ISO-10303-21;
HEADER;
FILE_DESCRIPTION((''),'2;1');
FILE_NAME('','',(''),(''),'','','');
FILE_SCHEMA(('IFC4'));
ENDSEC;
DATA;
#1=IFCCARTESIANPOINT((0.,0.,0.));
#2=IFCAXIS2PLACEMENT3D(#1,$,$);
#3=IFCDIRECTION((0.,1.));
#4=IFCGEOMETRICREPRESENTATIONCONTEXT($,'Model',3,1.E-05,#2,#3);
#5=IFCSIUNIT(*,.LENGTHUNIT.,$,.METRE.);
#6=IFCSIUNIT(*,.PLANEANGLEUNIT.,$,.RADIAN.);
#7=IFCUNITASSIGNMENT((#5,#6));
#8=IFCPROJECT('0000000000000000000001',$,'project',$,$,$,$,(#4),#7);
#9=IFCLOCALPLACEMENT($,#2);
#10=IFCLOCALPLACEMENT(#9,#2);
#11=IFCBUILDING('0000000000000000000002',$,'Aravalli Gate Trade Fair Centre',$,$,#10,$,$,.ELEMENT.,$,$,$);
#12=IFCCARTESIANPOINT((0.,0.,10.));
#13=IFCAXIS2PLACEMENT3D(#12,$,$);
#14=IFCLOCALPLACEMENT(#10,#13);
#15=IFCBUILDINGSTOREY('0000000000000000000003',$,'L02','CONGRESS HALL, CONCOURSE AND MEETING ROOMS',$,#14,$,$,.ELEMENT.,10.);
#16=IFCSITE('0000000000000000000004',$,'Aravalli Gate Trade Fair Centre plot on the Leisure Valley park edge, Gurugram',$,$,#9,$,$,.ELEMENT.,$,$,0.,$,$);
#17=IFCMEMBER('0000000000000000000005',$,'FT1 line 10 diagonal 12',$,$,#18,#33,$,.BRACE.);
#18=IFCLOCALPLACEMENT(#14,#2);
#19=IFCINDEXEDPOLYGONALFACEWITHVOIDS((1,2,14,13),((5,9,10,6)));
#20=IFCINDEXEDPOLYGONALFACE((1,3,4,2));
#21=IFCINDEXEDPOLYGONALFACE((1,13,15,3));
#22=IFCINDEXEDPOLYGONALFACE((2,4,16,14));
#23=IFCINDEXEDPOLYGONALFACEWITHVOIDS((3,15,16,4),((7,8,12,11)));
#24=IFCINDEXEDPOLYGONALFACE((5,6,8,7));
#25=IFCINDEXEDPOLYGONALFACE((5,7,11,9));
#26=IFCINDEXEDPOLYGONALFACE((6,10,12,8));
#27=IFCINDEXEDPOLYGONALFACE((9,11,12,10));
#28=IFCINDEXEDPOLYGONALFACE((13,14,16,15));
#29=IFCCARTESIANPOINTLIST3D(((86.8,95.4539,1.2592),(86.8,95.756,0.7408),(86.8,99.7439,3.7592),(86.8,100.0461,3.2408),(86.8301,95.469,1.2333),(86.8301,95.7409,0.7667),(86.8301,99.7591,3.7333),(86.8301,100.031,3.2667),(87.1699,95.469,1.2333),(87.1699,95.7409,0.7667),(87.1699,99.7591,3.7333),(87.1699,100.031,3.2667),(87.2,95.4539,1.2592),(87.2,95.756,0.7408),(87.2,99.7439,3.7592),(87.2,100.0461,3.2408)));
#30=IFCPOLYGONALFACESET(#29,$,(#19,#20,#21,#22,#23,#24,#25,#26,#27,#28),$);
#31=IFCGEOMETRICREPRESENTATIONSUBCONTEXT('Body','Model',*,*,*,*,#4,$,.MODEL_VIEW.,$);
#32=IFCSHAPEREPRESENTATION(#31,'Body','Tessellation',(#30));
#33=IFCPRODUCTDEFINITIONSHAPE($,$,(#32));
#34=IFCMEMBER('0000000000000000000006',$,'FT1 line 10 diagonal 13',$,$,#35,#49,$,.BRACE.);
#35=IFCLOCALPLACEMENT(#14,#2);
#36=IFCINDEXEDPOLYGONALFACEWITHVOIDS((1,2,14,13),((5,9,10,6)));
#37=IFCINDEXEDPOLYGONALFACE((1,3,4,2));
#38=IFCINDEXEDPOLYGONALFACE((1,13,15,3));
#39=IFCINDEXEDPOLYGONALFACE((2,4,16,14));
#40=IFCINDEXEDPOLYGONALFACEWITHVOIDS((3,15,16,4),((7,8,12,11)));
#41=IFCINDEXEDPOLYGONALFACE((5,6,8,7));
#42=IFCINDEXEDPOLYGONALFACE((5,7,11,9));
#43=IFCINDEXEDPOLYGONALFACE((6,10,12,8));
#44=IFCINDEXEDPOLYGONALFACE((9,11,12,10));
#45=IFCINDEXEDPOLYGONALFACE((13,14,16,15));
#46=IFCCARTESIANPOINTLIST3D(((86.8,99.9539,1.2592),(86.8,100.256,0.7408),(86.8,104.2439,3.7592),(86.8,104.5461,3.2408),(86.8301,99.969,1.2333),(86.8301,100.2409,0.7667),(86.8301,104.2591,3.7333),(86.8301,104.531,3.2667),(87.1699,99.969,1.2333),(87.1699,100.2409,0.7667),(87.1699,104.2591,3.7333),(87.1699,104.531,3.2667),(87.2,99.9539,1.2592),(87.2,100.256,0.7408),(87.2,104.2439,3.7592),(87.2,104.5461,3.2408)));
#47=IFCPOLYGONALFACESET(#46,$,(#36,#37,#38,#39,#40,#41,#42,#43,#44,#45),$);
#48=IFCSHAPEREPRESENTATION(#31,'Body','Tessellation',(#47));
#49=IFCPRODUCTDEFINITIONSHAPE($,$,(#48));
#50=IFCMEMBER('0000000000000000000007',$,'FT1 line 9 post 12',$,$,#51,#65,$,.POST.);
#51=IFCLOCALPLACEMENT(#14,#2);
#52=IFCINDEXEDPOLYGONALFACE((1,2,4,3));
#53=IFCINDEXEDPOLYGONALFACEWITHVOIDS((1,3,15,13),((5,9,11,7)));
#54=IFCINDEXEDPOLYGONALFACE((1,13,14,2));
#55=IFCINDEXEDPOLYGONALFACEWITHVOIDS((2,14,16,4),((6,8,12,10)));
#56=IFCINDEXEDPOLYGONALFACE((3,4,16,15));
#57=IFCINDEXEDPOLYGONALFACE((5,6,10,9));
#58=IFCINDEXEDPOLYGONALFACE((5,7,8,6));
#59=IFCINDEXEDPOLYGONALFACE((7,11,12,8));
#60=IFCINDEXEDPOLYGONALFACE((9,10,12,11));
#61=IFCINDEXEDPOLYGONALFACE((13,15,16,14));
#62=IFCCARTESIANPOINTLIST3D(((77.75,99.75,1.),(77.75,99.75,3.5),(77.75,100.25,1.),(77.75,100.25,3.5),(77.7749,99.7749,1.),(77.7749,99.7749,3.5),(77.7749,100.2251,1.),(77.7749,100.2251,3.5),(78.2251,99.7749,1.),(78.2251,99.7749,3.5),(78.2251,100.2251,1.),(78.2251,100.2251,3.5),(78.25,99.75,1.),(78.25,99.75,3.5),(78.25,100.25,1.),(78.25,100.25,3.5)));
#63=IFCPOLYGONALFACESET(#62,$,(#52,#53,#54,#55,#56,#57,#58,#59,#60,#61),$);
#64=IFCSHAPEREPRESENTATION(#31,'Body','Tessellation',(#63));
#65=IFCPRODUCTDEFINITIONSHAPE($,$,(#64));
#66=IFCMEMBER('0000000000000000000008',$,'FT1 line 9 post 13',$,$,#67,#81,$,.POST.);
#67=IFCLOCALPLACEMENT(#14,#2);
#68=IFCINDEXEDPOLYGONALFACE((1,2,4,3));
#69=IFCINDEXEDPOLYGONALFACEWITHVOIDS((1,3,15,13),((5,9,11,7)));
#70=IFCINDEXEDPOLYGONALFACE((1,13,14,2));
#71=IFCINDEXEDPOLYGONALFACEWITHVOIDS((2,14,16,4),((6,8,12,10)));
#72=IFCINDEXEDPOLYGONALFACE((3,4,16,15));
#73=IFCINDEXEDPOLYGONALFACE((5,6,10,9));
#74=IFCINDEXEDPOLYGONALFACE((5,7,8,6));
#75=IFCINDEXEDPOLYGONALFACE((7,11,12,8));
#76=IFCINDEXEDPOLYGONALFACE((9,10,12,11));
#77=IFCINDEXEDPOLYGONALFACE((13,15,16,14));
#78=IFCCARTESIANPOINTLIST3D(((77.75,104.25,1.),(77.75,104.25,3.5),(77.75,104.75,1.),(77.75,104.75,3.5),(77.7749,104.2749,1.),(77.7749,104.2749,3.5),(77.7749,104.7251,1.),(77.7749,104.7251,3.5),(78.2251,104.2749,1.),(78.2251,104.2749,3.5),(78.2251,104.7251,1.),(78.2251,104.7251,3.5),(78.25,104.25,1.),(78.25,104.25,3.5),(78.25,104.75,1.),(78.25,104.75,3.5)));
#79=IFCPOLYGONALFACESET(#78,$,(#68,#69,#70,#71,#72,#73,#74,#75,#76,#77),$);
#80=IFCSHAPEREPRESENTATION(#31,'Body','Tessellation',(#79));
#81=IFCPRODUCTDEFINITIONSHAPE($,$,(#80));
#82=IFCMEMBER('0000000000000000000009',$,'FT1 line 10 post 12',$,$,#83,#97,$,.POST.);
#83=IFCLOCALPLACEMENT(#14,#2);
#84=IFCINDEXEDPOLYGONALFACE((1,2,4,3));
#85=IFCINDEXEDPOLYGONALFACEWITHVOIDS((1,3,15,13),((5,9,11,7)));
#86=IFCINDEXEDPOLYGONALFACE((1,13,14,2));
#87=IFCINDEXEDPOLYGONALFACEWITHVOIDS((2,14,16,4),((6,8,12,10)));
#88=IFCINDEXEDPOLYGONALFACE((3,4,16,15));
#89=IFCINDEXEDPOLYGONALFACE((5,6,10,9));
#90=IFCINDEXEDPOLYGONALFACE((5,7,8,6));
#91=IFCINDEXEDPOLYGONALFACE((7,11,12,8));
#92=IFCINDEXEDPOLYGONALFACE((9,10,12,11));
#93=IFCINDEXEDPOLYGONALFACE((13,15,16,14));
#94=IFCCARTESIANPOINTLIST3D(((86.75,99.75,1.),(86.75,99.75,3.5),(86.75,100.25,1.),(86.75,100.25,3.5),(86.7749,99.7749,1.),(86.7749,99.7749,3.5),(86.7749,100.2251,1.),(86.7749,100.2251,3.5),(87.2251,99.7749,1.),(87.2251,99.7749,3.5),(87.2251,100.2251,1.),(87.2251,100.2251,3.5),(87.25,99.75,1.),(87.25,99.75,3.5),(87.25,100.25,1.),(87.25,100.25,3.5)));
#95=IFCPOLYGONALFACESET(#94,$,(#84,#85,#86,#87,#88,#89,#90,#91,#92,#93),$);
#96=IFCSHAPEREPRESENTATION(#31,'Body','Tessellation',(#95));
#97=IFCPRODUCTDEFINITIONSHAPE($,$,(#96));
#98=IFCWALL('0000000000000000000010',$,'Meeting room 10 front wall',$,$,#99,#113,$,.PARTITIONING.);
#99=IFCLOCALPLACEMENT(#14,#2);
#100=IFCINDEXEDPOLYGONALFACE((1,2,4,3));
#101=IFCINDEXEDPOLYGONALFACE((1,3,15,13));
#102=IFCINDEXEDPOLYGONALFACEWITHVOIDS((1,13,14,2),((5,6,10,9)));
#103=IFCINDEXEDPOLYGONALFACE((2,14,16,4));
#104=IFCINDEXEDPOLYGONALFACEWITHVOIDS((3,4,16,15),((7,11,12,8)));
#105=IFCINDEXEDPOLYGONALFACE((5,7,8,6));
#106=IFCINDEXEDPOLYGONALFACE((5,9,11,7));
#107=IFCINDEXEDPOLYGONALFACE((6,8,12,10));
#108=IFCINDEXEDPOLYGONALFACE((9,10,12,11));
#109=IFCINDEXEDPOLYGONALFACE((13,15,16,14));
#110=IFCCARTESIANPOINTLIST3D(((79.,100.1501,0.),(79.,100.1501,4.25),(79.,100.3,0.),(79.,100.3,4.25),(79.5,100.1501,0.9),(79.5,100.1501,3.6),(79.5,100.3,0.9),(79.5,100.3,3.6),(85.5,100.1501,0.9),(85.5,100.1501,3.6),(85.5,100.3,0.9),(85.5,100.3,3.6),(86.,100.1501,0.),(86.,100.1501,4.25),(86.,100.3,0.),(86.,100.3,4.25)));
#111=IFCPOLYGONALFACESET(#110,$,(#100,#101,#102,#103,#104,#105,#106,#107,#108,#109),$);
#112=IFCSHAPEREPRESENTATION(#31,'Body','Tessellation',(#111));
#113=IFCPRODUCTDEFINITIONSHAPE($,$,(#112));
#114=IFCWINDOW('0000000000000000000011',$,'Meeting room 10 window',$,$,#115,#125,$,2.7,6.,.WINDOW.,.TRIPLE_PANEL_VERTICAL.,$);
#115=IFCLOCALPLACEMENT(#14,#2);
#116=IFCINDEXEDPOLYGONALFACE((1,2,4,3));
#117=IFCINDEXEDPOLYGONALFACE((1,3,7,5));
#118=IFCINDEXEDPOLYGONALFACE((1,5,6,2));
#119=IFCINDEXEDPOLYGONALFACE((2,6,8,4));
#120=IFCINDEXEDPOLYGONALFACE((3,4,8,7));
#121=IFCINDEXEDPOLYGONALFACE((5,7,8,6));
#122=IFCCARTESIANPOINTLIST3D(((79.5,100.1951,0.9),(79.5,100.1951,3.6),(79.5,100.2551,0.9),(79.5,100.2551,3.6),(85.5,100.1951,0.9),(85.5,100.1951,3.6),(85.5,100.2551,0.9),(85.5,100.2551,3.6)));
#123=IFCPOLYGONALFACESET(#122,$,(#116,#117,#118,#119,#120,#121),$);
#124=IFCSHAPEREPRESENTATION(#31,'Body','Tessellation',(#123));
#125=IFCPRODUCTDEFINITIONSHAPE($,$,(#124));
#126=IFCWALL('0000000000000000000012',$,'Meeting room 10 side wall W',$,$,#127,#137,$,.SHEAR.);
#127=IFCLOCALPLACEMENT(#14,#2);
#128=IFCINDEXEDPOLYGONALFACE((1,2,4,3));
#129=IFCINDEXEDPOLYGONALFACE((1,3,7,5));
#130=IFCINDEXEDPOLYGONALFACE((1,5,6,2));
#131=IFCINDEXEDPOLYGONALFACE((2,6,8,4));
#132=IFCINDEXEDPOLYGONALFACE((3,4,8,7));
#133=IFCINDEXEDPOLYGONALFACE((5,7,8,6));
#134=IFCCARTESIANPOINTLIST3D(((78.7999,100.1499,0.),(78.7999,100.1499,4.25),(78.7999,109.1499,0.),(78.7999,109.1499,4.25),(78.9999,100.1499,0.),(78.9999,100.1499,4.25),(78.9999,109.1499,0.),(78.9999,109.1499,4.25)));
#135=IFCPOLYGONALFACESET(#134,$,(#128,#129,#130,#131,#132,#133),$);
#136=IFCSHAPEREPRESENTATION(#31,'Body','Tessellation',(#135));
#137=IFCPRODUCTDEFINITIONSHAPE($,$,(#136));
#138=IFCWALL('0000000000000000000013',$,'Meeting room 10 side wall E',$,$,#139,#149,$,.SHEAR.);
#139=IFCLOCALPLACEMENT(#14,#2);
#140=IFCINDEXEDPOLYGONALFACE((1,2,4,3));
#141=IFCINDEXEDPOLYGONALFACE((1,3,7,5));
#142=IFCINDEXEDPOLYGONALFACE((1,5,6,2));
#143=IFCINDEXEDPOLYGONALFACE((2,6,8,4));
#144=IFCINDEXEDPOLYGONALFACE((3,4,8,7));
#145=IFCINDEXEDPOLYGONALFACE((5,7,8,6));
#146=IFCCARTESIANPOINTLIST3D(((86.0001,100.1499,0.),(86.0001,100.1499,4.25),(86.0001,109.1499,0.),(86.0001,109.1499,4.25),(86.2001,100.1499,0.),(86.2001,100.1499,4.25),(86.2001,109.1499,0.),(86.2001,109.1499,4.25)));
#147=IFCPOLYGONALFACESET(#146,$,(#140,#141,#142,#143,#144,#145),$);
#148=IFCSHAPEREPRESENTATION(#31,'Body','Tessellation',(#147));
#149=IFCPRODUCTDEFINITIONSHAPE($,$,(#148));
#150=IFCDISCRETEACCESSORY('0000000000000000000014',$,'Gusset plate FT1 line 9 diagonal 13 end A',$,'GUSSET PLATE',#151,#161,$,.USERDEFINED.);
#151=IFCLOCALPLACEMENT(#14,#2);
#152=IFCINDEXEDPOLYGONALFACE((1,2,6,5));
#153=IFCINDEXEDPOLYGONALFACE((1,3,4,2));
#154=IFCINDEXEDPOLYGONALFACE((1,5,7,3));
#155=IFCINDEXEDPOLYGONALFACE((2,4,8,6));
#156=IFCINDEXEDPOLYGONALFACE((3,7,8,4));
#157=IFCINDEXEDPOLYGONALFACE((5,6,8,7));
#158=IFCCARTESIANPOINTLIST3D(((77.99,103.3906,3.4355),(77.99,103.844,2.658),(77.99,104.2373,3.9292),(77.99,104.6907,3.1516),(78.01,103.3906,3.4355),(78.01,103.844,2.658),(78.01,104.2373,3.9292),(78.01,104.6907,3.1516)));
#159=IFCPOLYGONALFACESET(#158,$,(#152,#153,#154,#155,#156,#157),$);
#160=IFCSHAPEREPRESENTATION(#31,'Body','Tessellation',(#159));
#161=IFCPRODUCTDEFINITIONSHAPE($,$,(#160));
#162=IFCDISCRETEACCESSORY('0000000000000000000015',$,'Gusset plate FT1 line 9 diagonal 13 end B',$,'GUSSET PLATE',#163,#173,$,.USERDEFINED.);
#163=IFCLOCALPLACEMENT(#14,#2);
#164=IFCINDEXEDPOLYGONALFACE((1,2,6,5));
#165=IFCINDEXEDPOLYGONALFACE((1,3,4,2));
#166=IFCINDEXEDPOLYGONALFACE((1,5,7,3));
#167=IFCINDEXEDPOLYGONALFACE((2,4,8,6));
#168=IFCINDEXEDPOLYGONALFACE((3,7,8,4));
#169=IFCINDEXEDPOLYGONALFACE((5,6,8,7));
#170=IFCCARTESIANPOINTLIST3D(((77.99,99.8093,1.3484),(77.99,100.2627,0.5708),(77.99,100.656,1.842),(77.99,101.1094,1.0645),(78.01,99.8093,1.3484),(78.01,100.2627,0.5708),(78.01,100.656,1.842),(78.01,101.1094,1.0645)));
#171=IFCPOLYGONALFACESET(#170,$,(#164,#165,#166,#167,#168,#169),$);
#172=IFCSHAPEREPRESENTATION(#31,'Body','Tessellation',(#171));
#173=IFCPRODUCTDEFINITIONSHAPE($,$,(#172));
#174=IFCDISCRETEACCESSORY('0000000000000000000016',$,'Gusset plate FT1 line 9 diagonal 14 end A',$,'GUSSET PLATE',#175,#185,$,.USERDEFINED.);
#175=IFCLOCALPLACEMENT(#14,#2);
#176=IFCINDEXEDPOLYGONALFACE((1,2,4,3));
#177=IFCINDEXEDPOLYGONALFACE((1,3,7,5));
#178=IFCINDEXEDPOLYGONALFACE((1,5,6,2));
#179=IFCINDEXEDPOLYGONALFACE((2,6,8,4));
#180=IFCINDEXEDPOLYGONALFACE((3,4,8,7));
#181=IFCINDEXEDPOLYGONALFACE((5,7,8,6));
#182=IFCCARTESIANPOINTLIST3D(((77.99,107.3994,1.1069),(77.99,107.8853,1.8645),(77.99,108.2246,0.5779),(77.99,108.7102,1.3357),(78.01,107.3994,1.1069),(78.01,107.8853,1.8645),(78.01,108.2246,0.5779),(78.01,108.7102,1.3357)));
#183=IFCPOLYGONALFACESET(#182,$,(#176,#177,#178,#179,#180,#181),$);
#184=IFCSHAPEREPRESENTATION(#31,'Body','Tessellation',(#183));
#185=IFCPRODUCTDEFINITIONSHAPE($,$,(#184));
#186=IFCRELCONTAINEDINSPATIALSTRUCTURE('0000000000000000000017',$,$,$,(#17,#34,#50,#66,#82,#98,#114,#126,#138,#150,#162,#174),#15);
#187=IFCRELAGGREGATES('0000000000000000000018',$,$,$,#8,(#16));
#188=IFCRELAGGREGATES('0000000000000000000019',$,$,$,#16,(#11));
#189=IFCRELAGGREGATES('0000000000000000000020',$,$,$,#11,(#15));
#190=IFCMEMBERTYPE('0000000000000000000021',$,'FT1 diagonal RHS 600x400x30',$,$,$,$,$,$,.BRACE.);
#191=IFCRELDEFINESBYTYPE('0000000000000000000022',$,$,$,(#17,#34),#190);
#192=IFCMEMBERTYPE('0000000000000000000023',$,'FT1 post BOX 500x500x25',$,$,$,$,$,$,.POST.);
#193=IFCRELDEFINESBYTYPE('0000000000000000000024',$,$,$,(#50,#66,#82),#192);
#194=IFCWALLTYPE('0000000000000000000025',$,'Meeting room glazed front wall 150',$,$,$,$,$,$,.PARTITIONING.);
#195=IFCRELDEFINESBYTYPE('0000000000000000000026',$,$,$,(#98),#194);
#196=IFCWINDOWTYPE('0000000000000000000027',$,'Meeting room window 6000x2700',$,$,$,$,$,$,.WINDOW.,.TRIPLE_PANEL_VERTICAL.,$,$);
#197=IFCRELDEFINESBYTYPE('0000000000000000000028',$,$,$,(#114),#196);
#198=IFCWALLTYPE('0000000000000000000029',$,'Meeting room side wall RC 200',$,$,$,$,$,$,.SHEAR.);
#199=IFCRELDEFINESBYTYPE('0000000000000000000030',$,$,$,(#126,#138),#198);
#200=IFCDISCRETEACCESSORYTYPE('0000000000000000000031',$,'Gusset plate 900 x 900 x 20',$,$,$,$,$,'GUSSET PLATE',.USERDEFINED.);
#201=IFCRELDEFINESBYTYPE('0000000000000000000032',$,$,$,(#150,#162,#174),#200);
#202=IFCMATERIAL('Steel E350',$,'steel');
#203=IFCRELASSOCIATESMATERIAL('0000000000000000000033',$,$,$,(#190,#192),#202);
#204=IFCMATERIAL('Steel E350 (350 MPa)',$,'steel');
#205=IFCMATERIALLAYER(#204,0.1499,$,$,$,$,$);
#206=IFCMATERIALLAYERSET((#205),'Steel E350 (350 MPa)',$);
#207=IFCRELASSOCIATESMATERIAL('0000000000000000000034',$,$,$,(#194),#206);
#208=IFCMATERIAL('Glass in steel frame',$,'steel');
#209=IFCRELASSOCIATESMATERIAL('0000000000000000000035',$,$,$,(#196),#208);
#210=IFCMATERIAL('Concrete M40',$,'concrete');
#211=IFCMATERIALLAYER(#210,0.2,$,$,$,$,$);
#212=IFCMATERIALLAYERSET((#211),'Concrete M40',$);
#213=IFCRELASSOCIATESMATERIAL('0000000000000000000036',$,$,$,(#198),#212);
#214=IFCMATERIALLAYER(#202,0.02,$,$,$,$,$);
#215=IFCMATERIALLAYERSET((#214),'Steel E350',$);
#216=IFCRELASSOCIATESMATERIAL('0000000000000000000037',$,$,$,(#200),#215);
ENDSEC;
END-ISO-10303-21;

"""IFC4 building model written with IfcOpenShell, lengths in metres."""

from ifc_helpers import new_model, si_unit, direction, frame, frame_2d, origin, origin_2d, place, context, subcontext, project, spatial, polyline, rectangle, hollow_rectangle, outline, extrude, material, layer, layer_set, material_profile, profile_set, type_object, element, fill, save


model = new_model("IFC4")

# Units and contexts
model_context = context("Model", 3, precision=1e-05, world=origin(), true_north=direction((0.0, 1.0)))
body_context = subcontext(model_context, "Body", "Model", "MODEL_VIEW")
ifc_project = project(units=[si_unit("LENGTHUNIT", "METRE"), si_unit("PLANEANGLEUNIT", "RADIAN")], contexts=[model_context])

# Site, building, storey
site_placement = place(None, origin())
site = spatial("IfcSite", under=ifc_project, at=site_placement, Name="Aravalli Gate Trade Fair Centre plot on the Leisure Valley park edge, Gurugram", CompositionType="ELEMENT", RefElevation=0.0)
building_placement = place(site_placement, origin())
building = spatial("IfcBuilding", under=site, at=building_placement, Name="Aravalli Gate Trade Fair Centre", CompositionType="ELEMENT")
storey_placement = place(building_placement, frame((0.0, 0.0, 10.0)))
storey = spatial("IfcBuildingStorey", under=building, at=storey_placement, Name="L02", Description="CONGRESS HALL, CONCOURSE AND MEETING ROOMS", CompositionType="ELEMENT", Elevation=10.0)

# Members
ifc_material_1 = material(Name="Steel E350", Category="steel")
ifc_material_profile_1 = material_profile(ifc_material_1, hollow_rectangle(XDim=0.3999, YDim=0.6001, WallThickness=0.03, at=origin_2d()), Name="RHS 600x400x30")
ifc_profile_set_1 = profile_set([ifc_material_profile_1], Name="Steel E350")
member_type_1 = type_object("IfcMemberType", Name="FT1 diagonal RHS 600x400x30", PredefinedType="BRACE", material=ifc_profile_set_1)
for number, where, z_axis, x_axis, name in (
    (1, (87.0, 99.895, 3.5), (0.0, -0.864, -0.503492), (1.0, 0.0, 0.0), "FT1 line 10 diagonal 12"),
    (2, (87.0, 104.395, 3.5), (0.0, -0.864, -0.503492), (1.0, 0.0, 0.0), "FT1 line 10 diagonal 13"),
):
    element("IfcMember", number, at=place(storey_placement, frame(where, z_axis=z_axis, x_axis=x_axis)), inside=storey, type_object=member_type_1, Name=name, PredefinedType="BRACE", context=body_context, shape_type="SweptSolid", body=[
        extrude(hollow_rectangle(XDim=0.3999, YDim=0.6001, WallThickness=0.03, at=origin_2d()), origin(), (0.0, 0.0, 1.0), 4.9653),
    ])
ifc_material_profile_2 = material_profile(ifc_material_1, hollow_rectangle(XDim=0.5, YDim=0.5, WallThickness=0.0249, at=origin_2d()), Name="BOX 500x500x25")
ifc_profile_set_2 = profile_set([ifc_material_profile_2], Name="Steel E350")
member_type_2 = type_object("IfcMemberType", Name="FT1 post BOX 500x500x25", PredefinedType="POST", material=ifc_profile_set_2)
for number, where, z_axis, x_axis, name in (
    (3, (78.0, 100.0, 1.0), (0.0, 0.0, 1.0), (1.0, 0.0, 0.0), "FT1 line 9 post 12"),
    (4, (78.0, 104.5, 1.0), (0.0, 0.0, 1.0), (1.0, 0.0, 0.0), "FT1 line 9 post 13"),
    (5, (87.0, 100.0, 1.0), (0.0, 0.0, 1.0), (1.0, 0.0, 0.0), "FT1 line 10 post 12"),
):
    element("IfcMember", number, at=place(storey_placement, frame(where, z_axis=z_axis, x_axis=x_axis)), inside=storey, type_object=member_type_2, Name=name, PredefinedType="POST", context=body_context, shape_type="SweptSolid", body=[
        extrude(hollow_rectangle(XDim=0.5, YDim=0.5, WallThickness=0.0249, at=origin_2d()), origin(), (0.0, 0.0, 1.0), 2.5),
    ])

# Wall, opening, window
ifc_material_2 = material(Name="Steel E350 (350 MPa)", Category="steel")
ifc_layer_1 = layer(ifc_material_2, 0.1499)
ifc_layer_set_1 = layer_set([ifc_layer_1], Name="Steel E350 (350 MPa)")
wall_type_1 = type_object("IfcWallType", Name="Meeting room glazed front wall 150", PredefinedType="PARTITIONING", material=ifc_layer_set_1)
wall_placement = place(storey_placement, frame((79.0, 100.2251, 0.0), z_axis=(0.0, 0.0, 1.0), x_axis=(1.0, 0.0, 0.0)))
wall = element("IfcWall", 6, at=wall_placement, inside=storey, type_object=wall_type_1, Name="Meeting room 10 front wall", PredefinedType="PARTITIONING", context=body_context, shape_type="SweptSolid", body=[
    extrude(rectangle(XDim=7.0, YDim=0.1499, at=frame_2d((3.5, 0.0))), origin(), (0.0, 0.0, 1.0), 4.25),
])
opening_placement = place(wall_placement, frame((0.5, 0.0, 0.8999)))
opening = element("IfcOpeningElement", 7, at=opening_placement, cuts=wall, PredefinedType="OPENING", context=body_context, shape_type="SweptSolid", body=[
    extrude(rectangle(XDim=6.0, YDim=2.7, at=frame_2d((3.0, 1.3501))), frame((0.0, 0.085, 0.0), z_axis=(0.0, -1.0, 0.0), x_axis=(1.0, 0.0, 0.0)), (0.0, 0.0, 1.0), 0.1699),
])
ifc_material_3 = material(Name="Glass in steel frame", Category="steel")
window_type = type_object("IfcWindowType", Name="Meeting room window 6000x2700", PartitioningType="TRIPLE_PANEL_VERTICAL", PredefinedType="WINDOW", material=ifc_material_3)
window_placement = place(opening_placement, origin())
window = element("IfcWindow", 8, at=window_placement, inside=storey, type_object=window_type, Name="Meeting room 10 window", OverallHeight=2.7, OverallWidth=6.0, PartitioningType="TRIPLE_PANEL_VERTICAL", PredefinedType="WINDOW", context=body_context, shape_type="SweptSolid", body=[
    extrude(rectangle(XDim=6.0, YDim=2.7, at=frame_2d((3.0, 1.3501))), frame((0.0, 0.03, 0.0), z_axis=(0.0, -1.0, 0.0), x_axis=(1.0, 0.0, 0.0)), (0.0, 0.0, 1.0), 0.0601),
])
fill(opening, window)

# Walls
ifc_material_4 = material(Name="Concrete M40", Category="concrete")
ifc_layer_2 = layer(ifc_material_4, 0.2)
ifc_layer_set_2 = layer_set([ifc_layer_2], Name="Concrete M40")
wall_type_2 = type_object("IfcWallType", Name="Meeting room side wall RC 200", PredefinedType="SHEAR", material=ifc_layer_set_2)
for number, where, z_axis, x_axis, name in (
    (9, (78.8999, 100.1499, 0.0), (0.0, 0.0, 1.0), (0.0, 1.0, 0.0), "Meeting room 10 side wall W"),
    (10, (86.1001, 100.1499, 0.0), (0.0, 0.0, 1.0), (0.0, 1.0, 0.0), "Meeting room 10 side wall E"),
):
    element("IfcWall", number, at=place(storey_placement, frame(where, z_axis=z_axis, x_axis=x_axis)), inside=storey, type_object=wall_type_2, Name=name, PredefinedType="SHEAR", context=body_context, shape_type="SweptSolid", body=[
        extrude(rectangle(XDim=9.0, YDim=0.2, at=frame_2d((4.5, 0.0))), origin(), (0.0, 0.0, 1.0), 4.25),
    ])

# Discrete accessories
ifc_layer_3 = layer(ifc_material_1, 0.02)
ifc_layer_set_3 = layer_set([ifc_layer_3], Name="Steel E350")
discrete_accessory_type = type_object("IfcDiscreteAccessoryType", Name="Gusset plate 900 x 900 x 20", ElementType="GUSSET PLATE", PredefinedType="USERDEFINED", material=ifc_layer_set_3)
discrete_accessory_1_placement = place(storey_placement, frame((77.99, 103.3906, 3.4355), z_axis=(-1.0, 0.0, 0.0), x_axis=(0.0, 0.863887, 0.503685)))
element("IfcDiscreteAccessory", 11, at=discrete_accessory_1_placement, inside=storey, type_object=discrete_accessory_type, Name="Gusset plate FT1 line 9 diagonal 13 end A", ObjectType="GUSSET PLATE", PredefinedType="USERDEFINED", context=body_context, shape_type="SweptSolid", body=[
    extrude(outline(polyline([(0.0, 0.0), (0.9801, 0.0), (0.9801, 0.9001), (0.0, 0.9001), (0.0, 0.0)])), origin(), (0.0, 0.0, -1.0), 0.02),
])
discrete_accessory_2_placement = place(storey_placement, frame((78.01, 100.656, 1.842), z_axis=(1.0, 0.0, 0.0), x_axis=(0.0, -0.863887, -0.503685)))
element("IfcDiscreteAccessory", 12, at=discrete_accessory_2_placement, inside=storey, type_object=discrete_accessory_type, Name="Gusset plate FT1 line 9 diagonal 13 end B", ObjectType="GUSSET PLATE", PredefinedType="USERDEFINED", context=body_context, shape_type="SweptSolid", body=[
    extrude(outline(polyline([(0.0, 0.0), (0.9801, 0.0), (0.9801, 0.9001), (0.0, 0.9001), (0.0, 0.0)])), origin(), (0.0, 0.0, -1.0), 0.02),
])
discrete_accessory_3_placement = place(storey_placement, frame((78.01, 107.3994, 1.1069), z_axis=(1.0, 0.0, 0.0), x_axis=(0.0, 0.841841, -0.539725)))
element("IfcDiscreteAccessory", 13, at=discrete_accessory_3_placement, inside=storey, type_object=discrete_accessory_type, Name="Gusset plate FT1 line 9 diagonal 14 end A", ObjectType="GUSSET PLATE", PredefinedType="USERDEFINED", context=body_context, shape_type="SweptSolid", body=[
    extrude(outline(polyline([(0.0, 0.0), (0.9802, 0.0), (0.98, 0.9), (0.0001, 0.9), (0.0, 0.0)])), origin(), (0.0, 0.0, -1.0), 0.02),
])

save(model, "model.ifc")
